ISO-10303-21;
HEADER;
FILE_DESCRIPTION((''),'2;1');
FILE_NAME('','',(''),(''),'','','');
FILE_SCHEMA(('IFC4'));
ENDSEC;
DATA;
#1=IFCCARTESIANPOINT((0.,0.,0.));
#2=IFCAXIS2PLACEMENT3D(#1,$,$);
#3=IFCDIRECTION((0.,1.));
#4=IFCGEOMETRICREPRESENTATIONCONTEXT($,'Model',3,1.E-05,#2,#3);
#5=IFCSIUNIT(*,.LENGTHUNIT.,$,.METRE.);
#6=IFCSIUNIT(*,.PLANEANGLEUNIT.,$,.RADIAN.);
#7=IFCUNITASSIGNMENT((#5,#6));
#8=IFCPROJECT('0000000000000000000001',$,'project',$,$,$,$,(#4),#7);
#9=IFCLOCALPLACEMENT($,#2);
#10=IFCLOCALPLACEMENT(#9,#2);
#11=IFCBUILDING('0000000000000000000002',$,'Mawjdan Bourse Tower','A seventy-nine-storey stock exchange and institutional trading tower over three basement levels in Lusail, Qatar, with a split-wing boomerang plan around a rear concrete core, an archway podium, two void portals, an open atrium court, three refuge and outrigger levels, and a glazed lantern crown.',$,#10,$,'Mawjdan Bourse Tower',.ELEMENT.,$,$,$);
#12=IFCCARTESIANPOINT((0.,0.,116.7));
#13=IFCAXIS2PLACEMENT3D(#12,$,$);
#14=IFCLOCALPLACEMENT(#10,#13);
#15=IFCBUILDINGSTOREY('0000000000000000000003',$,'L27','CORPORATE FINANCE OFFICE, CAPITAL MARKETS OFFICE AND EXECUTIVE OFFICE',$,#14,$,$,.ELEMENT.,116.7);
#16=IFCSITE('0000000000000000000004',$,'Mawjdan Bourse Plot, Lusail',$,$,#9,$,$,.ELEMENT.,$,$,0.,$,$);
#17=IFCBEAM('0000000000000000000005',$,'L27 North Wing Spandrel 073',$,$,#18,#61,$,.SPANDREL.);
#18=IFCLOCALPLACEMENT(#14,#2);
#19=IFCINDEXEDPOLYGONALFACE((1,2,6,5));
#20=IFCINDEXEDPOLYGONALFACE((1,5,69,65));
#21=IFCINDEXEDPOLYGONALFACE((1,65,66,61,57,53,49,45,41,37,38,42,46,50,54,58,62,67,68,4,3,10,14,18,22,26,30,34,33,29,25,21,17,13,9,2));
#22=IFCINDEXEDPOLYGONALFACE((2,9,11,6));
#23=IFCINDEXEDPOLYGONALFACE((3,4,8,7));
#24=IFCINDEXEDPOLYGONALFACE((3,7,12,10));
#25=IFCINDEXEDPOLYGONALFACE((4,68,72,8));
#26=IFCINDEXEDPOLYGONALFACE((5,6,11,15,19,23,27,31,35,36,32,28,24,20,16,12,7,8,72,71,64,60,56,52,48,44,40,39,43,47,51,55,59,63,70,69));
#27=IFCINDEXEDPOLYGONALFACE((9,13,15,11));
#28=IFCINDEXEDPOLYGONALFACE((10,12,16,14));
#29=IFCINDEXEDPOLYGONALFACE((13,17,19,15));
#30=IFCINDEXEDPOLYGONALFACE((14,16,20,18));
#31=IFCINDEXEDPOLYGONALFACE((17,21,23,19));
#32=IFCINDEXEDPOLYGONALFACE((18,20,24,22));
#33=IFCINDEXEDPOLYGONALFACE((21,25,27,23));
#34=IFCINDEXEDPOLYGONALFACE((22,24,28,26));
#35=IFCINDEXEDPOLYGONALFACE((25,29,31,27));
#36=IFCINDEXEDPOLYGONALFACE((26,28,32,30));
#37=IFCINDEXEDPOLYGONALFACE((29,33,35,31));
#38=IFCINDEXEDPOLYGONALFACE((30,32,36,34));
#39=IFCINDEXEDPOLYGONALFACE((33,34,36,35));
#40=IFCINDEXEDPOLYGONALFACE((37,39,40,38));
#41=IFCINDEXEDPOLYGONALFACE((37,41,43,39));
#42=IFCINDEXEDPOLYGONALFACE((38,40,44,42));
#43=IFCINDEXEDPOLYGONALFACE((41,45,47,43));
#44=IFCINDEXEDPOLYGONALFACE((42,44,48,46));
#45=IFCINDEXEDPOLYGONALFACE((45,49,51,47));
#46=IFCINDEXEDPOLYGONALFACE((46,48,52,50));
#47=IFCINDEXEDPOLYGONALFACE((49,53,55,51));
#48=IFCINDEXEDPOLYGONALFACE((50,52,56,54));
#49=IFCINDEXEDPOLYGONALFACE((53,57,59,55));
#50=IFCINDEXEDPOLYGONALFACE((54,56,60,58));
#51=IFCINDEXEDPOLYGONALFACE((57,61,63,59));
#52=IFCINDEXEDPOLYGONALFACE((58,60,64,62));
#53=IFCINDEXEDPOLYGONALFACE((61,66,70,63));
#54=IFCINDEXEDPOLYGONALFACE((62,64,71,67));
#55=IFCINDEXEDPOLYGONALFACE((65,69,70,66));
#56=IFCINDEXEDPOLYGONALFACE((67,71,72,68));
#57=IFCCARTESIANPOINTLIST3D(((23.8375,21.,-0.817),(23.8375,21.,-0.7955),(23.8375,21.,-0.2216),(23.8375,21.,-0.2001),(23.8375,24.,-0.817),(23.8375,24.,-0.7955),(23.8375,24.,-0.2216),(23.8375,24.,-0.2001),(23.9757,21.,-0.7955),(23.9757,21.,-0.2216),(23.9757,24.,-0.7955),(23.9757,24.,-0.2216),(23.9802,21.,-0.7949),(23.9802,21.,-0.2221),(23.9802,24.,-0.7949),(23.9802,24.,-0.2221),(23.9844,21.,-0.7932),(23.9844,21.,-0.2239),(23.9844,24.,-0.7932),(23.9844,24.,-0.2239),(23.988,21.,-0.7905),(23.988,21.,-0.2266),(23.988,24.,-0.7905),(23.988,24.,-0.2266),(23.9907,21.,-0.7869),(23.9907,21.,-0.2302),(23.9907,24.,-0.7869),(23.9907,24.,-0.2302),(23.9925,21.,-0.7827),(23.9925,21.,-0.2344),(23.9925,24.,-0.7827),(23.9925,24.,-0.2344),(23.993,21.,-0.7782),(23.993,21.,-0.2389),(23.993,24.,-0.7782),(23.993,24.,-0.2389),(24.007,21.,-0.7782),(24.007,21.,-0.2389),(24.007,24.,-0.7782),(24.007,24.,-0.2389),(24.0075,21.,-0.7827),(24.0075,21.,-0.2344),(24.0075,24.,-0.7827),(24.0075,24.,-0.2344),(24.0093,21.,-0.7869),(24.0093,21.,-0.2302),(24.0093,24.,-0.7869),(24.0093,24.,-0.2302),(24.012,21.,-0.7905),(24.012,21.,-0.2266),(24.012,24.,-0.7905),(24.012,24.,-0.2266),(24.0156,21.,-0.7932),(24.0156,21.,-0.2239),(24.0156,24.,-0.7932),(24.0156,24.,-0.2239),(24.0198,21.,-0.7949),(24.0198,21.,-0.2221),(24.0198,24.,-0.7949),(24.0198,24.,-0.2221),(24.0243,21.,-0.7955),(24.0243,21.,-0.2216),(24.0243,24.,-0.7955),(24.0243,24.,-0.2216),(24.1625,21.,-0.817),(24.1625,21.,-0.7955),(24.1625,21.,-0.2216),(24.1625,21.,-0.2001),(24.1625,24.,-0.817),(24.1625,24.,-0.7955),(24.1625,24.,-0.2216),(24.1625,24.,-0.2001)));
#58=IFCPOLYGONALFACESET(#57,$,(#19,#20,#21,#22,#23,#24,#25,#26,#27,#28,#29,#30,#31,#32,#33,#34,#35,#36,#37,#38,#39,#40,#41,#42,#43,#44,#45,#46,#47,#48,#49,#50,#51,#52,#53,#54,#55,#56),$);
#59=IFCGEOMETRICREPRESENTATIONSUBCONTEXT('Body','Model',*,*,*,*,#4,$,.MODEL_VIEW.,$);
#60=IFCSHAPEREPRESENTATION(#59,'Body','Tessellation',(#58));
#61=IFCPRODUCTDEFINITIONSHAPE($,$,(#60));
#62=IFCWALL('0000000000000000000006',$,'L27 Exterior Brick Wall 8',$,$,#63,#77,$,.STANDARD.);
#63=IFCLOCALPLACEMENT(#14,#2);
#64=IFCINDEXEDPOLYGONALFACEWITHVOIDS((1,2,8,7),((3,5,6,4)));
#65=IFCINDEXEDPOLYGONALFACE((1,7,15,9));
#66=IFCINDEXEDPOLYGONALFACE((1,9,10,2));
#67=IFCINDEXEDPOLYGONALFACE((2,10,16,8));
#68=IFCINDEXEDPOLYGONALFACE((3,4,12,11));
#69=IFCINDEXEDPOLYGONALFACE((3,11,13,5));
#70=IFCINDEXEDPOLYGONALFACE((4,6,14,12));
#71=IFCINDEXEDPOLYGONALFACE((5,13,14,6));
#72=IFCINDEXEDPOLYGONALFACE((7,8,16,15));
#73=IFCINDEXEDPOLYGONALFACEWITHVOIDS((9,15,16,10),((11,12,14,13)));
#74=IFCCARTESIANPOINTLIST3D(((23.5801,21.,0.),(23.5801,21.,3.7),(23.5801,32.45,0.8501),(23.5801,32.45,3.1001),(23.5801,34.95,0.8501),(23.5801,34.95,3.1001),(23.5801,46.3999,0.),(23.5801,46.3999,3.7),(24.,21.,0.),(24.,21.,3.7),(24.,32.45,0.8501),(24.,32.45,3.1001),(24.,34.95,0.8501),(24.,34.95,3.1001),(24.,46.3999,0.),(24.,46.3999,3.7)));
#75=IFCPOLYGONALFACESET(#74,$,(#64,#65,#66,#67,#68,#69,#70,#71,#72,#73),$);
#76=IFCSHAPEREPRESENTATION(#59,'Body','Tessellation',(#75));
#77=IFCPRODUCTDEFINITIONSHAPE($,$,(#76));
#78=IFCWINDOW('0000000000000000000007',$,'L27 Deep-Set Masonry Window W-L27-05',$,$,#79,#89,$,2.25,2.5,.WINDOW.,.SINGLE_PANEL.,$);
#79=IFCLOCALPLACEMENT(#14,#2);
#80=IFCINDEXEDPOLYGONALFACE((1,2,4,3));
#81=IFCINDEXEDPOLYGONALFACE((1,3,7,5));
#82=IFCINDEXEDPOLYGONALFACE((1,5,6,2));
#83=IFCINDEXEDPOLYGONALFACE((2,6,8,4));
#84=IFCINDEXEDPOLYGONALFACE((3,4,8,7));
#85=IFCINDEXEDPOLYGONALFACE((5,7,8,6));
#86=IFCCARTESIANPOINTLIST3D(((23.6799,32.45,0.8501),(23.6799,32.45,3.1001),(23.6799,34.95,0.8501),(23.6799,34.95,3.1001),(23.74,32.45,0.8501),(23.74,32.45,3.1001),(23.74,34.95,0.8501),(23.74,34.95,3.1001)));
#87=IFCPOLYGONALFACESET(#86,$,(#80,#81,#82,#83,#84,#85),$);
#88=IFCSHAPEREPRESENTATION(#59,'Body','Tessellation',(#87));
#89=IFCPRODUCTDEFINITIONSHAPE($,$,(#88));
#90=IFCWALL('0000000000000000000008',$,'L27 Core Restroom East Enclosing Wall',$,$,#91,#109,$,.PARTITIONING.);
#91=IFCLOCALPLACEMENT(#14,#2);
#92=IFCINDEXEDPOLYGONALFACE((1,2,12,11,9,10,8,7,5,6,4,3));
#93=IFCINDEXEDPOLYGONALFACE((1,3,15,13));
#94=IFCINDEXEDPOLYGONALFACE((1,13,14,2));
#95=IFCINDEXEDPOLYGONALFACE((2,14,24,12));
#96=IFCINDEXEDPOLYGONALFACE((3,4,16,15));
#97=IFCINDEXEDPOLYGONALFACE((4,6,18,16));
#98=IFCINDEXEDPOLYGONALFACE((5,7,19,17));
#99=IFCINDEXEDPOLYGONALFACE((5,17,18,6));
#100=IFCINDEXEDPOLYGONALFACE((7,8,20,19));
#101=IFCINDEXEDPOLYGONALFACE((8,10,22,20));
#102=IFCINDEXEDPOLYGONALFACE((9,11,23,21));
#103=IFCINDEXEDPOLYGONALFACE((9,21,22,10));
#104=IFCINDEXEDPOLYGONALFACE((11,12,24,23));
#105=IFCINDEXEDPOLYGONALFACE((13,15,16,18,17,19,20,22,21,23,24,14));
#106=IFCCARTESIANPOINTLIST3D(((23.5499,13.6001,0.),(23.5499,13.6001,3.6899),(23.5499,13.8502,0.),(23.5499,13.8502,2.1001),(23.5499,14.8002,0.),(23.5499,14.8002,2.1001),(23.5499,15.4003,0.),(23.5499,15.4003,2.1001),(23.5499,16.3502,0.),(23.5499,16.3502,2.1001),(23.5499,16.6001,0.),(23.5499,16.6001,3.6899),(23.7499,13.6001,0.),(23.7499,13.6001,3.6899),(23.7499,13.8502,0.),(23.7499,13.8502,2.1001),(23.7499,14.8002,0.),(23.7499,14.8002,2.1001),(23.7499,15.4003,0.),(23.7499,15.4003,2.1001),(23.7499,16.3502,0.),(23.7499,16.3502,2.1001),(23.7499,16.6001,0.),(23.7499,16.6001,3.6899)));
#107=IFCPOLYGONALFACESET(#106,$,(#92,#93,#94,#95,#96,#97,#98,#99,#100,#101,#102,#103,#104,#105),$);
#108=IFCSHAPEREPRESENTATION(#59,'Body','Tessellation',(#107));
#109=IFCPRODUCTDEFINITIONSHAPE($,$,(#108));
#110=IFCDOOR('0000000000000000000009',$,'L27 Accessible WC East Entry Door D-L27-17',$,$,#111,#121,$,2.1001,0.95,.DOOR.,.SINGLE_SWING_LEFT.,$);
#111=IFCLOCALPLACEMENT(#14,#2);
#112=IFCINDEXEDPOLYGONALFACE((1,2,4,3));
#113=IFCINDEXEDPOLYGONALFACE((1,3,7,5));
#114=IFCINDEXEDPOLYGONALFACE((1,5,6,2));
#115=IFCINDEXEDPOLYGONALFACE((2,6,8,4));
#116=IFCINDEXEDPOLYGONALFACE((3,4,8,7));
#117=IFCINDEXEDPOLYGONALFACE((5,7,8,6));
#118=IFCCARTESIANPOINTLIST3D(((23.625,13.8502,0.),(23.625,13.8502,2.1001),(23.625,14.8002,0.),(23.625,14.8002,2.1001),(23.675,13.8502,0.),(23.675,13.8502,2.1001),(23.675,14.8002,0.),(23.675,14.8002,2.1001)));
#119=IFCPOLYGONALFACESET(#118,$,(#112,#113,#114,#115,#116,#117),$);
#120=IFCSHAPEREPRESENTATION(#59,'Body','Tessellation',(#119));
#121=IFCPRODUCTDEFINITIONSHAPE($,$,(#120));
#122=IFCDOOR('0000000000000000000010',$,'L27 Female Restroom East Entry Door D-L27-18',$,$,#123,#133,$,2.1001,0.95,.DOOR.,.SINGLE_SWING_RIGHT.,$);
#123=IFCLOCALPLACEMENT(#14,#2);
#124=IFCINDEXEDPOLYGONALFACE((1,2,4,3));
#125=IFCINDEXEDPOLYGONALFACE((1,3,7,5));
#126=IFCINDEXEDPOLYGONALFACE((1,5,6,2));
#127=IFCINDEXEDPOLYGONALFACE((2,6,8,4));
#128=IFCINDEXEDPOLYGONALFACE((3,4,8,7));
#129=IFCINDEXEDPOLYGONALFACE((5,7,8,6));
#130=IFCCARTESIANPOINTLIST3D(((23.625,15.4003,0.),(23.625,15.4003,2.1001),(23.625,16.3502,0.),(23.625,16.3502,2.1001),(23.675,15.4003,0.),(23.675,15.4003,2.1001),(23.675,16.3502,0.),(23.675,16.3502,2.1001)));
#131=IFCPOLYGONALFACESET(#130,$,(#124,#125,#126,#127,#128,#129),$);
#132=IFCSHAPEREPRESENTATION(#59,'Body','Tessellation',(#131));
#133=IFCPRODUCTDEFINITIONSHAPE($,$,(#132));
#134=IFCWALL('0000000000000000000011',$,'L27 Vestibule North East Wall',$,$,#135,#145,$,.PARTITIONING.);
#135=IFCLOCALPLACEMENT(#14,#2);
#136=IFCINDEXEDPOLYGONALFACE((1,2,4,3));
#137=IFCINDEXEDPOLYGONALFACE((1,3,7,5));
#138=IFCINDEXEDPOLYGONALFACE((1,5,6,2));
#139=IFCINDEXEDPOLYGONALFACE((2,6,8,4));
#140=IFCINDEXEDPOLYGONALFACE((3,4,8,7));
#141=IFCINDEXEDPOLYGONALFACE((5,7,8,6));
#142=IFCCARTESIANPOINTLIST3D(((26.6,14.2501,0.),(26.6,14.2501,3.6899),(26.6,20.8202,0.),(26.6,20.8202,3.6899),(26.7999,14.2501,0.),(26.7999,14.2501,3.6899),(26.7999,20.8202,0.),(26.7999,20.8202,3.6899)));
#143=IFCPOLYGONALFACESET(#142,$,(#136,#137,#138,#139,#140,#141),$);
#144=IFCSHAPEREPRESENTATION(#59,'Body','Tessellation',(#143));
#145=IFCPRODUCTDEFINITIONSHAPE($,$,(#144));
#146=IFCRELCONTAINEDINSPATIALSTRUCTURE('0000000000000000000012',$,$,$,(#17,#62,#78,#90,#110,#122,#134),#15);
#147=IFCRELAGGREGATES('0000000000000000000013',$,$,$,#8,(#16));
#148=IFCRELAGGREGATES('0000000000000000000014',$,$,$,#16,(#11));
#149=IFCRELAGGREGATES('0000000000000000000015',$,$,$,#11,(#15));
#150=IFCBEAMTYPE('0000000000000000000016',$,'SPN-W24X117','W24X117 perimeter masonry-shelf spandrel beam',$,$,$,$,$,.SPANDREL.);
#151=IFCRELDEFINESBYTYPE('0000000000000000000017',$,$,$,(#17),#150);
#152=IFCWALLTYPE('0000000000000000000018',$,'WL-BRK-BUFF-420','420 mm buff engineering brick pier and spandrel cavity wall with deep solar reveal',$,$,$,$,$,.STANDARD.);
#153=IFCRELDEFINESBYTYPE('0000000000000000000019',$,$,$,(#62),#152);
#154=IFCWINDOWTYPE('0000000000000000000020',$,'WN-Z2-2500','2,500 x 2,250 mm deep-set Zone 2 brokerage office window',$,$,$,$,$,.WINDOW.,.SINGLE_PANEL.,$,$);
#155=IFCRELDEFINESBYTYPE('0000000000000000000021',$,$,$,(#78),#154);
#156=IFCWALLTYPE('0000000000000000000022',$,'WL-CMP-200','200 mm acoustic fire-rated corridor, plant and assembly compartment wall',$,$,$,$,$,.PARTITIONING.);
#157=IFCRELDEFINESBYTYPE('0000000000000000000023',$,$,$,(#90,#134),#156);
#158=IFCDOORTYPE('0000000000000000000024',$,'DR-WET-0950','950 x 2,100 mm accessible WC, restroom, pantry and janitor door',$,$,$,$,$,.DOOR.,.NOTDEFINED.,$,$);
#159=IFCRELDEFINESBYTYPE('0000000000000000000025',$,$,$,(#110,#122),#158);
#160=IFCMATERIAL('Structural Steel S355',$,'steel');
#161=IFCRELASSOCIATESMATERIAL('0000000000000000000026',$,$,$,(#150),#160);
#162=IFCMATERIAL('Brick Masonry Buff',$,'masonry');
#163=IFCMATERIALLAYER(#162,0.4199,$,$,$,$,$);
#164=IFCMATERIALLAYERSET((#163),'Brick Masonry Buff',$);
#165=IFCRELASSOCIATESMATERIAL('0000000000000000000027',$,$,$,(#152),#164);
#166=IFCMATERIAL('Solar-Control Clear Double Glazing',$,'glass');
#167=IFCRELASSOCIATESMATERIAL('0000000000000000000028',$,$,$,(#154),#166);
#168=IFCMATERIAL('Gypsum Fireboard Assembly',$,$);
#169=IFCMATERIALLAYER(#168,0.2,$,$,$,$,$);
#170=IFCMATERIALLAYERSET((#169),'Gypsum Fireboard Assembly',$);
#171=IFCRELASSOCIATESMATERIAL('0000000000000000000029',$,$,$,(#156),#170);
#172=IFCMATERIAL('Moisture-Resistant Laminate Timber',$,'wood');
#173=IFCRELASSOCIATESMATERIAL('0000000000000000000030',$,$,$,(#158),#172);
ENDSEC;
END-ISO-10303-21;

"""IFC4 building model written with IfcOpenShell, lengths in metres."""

from ifc_helpers import new_model, si_unit, direction, frame, frame_2d, origin, origin_2d, place, context, subcontext, project, spatial, rectangle, i_section, extrude, material, layer, layer_set, material_profile, profile_set, type_object, element, fill, save


model = new_model("IFC4")

# Units and contexts
model_context = context("Model", 3, precision=1e-05, world=origin(), true_north=direction((0.0, 1.0)))
body_context = subcontext(model_context, "Body", "Model", "MODEL_VIEW")
ifc_project = project(units=[si_unit("LENGTHUNIT", "METRE"), si_unit("PLANEANGLEUNIT", "RADIAN")], contexts=[model_context])

# Site, building, storey
site_placement = place(None, origin())
site = spatial("IfcSite", under=ifc_project, at=site_placement, Name="Mawjdan Bourse Plot, Lusail", CompositionType="ELEMENT", RefElevation=0.0)
building_placement = place(site_placement, origin())
building = spatial("IfcBuilding", under=site, at=building_placement, Name="Mawjdan Bourse Tower", Description="A seventy-nine-storey stock exchange and institutional trading tower over three basement levels in Lusail, Qatar, with a split-wing boomerang plan around a rear concrete core, an archway podium, two void portals, an open atrium court, three refuge and outrigger levels, and a glazed lantern crown.", LongName="Mawjdan Bourse Tower", CompositionType="ELEMENT")
storey_placement = place(building_placement, frame((0.0, 0.0, 116.7)))
storey = spatial("IfcBuildingStorey", under=building, at=storey_placement, Name="L27", Description="CORPORATE FINANCE OFFICE, CAPITAL MARKETS OFFICE AND EXECUTIVE OFFICE", CompositionType="ELEMENT", Elevation=116.7)

# Beam
ifc_material_1 = material(Name="Structural Steel S355", Category="steel")
ifc_material_profile_1 = material_profile(ifc_material_1, i_section(OverallWidth=0.325, OverallDepth=0.6169, WebThickness=0.0139, FlangeThickness=0.0215, FilletRadius=0.0173, at=origin_2d()), Name="W24X117")
ifc_profile_set_1 = profile_set([ifc_material_profile_1], Name="Structural Steel S355")
beam_type_1 = type_object("IfcBeamType", Name="SPN-W24X117", Description="W24X117 perimeter masonry-shelf spandrel beam", PredefinedType="SPANDREL", material=ifc_profile_set_1)
beam_1_placement = place(storey_placement, frame((24.0, 21.0, -0.5085), z_axis=(0.0, 1.0, 0.0), x_axis=(-1.0, 0.0, 0.0)))
element("IfcBeam", 1, at=beam_1_placement, inside=storey, type_object=beam_type_1, Name="L27 North Wing Spandrel 073", PredefinedType="SPANDREL", context=body_context, shape_type="SweptSolid", body=[
    extrude(i_section(OverallWidth=0.325, OverallDepth=0.6169, WebThickness=0.0139, FlangeThickness=0.0215, FilletRadius=0.0173, at=origin_2d()), origin(), (0.0, 0.0, 1.0), 3.0),
])

# Wall, opening, window
ifc_material_2 = material(Name="Brick Masonry Buff", Category="masonry")
ifc_layer_1 = layer(ifc_material_2, 0.4199)
ifc_layer_set_1 = layer_set([ifc_layer_1], Name="Brick Masonry Buff")
wall_type_1 = type_object("IfcWallType", Name="WL-BRK-BUFF-420", Description="420 mm buff engineering brick pier and spandrel cavity wall with deep solar reveal", PredefinedType="STANDARD", material=ifc_layer_set_1)
wall_1_placement = place(storey_placement, frame((23.79, 21.0, 0.0), z_axis=(0.0, 0.0, 1.0), x_axis=(0.0, 1.0, 0.0)))
wall_1 = element("IfcWall", 2, at=wall_1_placement, inside=storey, type_object=wall_type_1, Name="L27 Exterior Brick Wall 8", PredefinedType="STANDARD", context=body_context, shape_type="SweptSolid", body=[
    extrude(rectangle(XDim=25.3999, YDim=0.4199, at=frame_2d((12.7, 0.0))), origin(), (0.0, 0.0, 1.0), 3.7),
])
opening_1_placement = place(wall_1_placement, frame((11.45, 0.0, 0.8501)))
opening_1 = element("IfcOpeningElement", 3, at=opening_1_placement, cuts=wall_1, PredefinedType="OPENING", context=body_context, shape_type="SweptSolid", body=[
    extrude(rectangle(XDim=2.5, YDim=2.25, at=frame_2d((1.25, 1.125))), frame((0.0, 0.22, 0.0), z_axis=(0.0, -1.0, 0.0), x_axis=(1.0, 0.0, 0.0)), (0.0, 0.0, 1.0), 0.4399),
])
ifc_material_3 = material(Name="Solar-Control Clear Double Glazing", Category="glass")
window_type = type_object("IfcWindowType", Name="WN-Z2-2500", Description="2,500 x 2,250 mm deep-set Zone 2 brokerage office window", PartitioningType="SINGLE_PANEL", PredefinedType="WINDOW", material=ifc_material_3)
window_placement = place(opening_1_placement, origin())
window = element("IfcWindow", 4, at=window_placement, inside=storey, type_object=window_type, Name="L27 Deep-Set Masonry Window W-L27-05", OverallHeight=2.25, OverallWidth=2.5, PartitioningType="SINGLE_PANEL", PredefinedType="WINDOW", context=body_context, shape_type="SweptSolid", body=[
    extrude(rectangle(XDim=2.5, YDim=2.25, at=frame_2d((1.25, 1.125))), frame((0.0, 0.1101, 0.0), z_axis=(0.0, -1.0, 0.0), x_axis=(1.0, 0.0, 0.0)), (0.0, 0.0, 1.0), 0.0601),
])
fill(opening_1, window)

# Wall, openings, doors
ifc_material_4 = material(Name="Gypsum Fireboard Assembly")
ifc_layer_2 = layer(ifc_material_4, 0.2)
ifc_layer_set_2 = layer_set([ifc_layer_2], Name="Gypsum Fireboard Assembly")
wall_type_2 = type_object("IfcWallType", Name="WL-CMP-200", Description="200 mm acoustic fire-rated corridor, plant and assembly compartment wall", PredefinedType="PARTITIONING", material=ifc_layer_set_2)
wall_2_placement = place(storey_placement, frame((23.6499, 13.6001, 0.0), z_axis=(0.0, 0.0, 1.0), x_axis=(0.0, 1.0, 0.0)))
wall_2 = element("IfcWall", 5, at=wall_2_placement, inside=storey, type_object=wall_type_2, Name="L27 Core Restroom East Enclosing Wall", PredefinedType="PARTITIONING", context=body_context, shape_type="SweptSolid", body=[
    extrude(rectangle(XDim=3.0, YDim=0.2, at=frame_2d((1.5, 0.0))), origin(), (0.0, 0.0, 1.0), 3.6899),
])
opening_2_placement = place(wall_2_placement, frame((0.25, 0.0, 0.0)))
opening_2 = element("IfcOpeningElement", 6, at=opening_2_placement, cuts=wall_2, PredefinedType="OPENING", context=body_context, shape_type="SweptSolid", body=[
    extrude(rectangle(XDim=0.95, YDim=2.1001, at=frame_2d((0.4751, 1.05))), frame((0.0, 0.1099, 0.0), z_axis=(0.0, -1.0, 0.0), x_axis=(1.0, 0.0, 0.0)), (0.0, 0.0, 1.0), 0.22),
])
opening_3_placement = place(wall_2_placement, frame((1.8, 0.0, 0.0)))
opening_3 = element("IfcOpeningElement", 7, at=opening_3_placement, cuts=wall_2, PredefinedType="OPENING", context=body_context, shape_type="SweptSolid", body=[
    extrude(rectangle(XDim=0.95, YDim=2.1001, at=frame_2d((0.4751, 1.05))), frame((0.0, 0.1099, 0.0), z_axis=(0.0, -1.0, 0.0), x_axis=(1.0, 0.0, 0.0)), (0.0, 0.0, 1.0), 0.22),
])
ifc_material_5 = material(Name="Moisture-Resistant Laminate Timber", Category="wood")
door_type_1 = type_object("IfcDoorType", Name="DR-WET-0950", Description="950 x 2,100 mm accessible WC, restroom, pantry and janitor door", OperationType="NOTDEFINED", PredefinedType="DOOR", material=ifc_material_5)
door_1_placement = place(opening_2_placement, origin())
door_1 = element("IfcDoor", 8, at=door_1_placement, inside=storey, type_object=door_type_1, Name="L27 Accessible WC East Entry Door D-L27-17", OperationType="SINGLE_SWING_LEFT", OverallHeight=2.1001, OverallWidth=0.95, PredefinedType="DOOR", context=body_context, shape_type="SweptSolid", body=[
    extrude(rectangle(XDim=0.95, YDim=2.1001, at=frame_2d((0.4751, 1.05))), frame((0.0, 0.0249, 0.0), z_axis=(0.0, -1.0, 0.0), x_axis=(1.0, 0.0, 0.0)), (0.0, 0.0, 1.0), 0.05),
])
fill(opening_2, door_1)
door_2_placement = place(opening_3_placement, origin())
door_2 = element("IfcDoor", 9, at=door_2_placement, inside=storey, type_object=door_type_1, Name="L27 Female Restroom East Entry Door D-L27-18", OperationType="SINGLE_SWING_RIGHT", OverallHeight=2.1001, OverallWidth=0.95, PredefinedType="DOOR", context=body_context, shape_type="SweptSolid", body=[
    extrude(rectangle(XDim=0.95, YDim=2.1001, at=frame_2d((0.4751, 1.05))), frame((0.0, 0.0249, 0.0), z_axis=(0.0, -1.0, 0.0), x_axis=(1.0, 0.0, 0.0)), (0.0, 0.0, 1.0), 0.05),
])
fill(opening_3, door_2)

# Wall
wall_3_placement = place(storey_placement, frame((26.7, 14.25, 0.0), z_axis=(0.0, 0.0, 1.0), x_axis=(0.0, 1.0, 0.0)))
element("IfcWall", 10, at=wall_3_placement, inside=storey, type_object=wall_type_2, Name="L27 Vestibule North East Wall", PredefinedType="PARTITIONING", context=body_context, shape_type="SweptSolid", body=[
    extrude(rectangle(XDim=6.5701, YDim=0.2, at=frame_2d((3.2852, 0.0))), origin(), (0.0, 0.0, 1.0), 3.6899),
])

save(model, "model.ifc")
